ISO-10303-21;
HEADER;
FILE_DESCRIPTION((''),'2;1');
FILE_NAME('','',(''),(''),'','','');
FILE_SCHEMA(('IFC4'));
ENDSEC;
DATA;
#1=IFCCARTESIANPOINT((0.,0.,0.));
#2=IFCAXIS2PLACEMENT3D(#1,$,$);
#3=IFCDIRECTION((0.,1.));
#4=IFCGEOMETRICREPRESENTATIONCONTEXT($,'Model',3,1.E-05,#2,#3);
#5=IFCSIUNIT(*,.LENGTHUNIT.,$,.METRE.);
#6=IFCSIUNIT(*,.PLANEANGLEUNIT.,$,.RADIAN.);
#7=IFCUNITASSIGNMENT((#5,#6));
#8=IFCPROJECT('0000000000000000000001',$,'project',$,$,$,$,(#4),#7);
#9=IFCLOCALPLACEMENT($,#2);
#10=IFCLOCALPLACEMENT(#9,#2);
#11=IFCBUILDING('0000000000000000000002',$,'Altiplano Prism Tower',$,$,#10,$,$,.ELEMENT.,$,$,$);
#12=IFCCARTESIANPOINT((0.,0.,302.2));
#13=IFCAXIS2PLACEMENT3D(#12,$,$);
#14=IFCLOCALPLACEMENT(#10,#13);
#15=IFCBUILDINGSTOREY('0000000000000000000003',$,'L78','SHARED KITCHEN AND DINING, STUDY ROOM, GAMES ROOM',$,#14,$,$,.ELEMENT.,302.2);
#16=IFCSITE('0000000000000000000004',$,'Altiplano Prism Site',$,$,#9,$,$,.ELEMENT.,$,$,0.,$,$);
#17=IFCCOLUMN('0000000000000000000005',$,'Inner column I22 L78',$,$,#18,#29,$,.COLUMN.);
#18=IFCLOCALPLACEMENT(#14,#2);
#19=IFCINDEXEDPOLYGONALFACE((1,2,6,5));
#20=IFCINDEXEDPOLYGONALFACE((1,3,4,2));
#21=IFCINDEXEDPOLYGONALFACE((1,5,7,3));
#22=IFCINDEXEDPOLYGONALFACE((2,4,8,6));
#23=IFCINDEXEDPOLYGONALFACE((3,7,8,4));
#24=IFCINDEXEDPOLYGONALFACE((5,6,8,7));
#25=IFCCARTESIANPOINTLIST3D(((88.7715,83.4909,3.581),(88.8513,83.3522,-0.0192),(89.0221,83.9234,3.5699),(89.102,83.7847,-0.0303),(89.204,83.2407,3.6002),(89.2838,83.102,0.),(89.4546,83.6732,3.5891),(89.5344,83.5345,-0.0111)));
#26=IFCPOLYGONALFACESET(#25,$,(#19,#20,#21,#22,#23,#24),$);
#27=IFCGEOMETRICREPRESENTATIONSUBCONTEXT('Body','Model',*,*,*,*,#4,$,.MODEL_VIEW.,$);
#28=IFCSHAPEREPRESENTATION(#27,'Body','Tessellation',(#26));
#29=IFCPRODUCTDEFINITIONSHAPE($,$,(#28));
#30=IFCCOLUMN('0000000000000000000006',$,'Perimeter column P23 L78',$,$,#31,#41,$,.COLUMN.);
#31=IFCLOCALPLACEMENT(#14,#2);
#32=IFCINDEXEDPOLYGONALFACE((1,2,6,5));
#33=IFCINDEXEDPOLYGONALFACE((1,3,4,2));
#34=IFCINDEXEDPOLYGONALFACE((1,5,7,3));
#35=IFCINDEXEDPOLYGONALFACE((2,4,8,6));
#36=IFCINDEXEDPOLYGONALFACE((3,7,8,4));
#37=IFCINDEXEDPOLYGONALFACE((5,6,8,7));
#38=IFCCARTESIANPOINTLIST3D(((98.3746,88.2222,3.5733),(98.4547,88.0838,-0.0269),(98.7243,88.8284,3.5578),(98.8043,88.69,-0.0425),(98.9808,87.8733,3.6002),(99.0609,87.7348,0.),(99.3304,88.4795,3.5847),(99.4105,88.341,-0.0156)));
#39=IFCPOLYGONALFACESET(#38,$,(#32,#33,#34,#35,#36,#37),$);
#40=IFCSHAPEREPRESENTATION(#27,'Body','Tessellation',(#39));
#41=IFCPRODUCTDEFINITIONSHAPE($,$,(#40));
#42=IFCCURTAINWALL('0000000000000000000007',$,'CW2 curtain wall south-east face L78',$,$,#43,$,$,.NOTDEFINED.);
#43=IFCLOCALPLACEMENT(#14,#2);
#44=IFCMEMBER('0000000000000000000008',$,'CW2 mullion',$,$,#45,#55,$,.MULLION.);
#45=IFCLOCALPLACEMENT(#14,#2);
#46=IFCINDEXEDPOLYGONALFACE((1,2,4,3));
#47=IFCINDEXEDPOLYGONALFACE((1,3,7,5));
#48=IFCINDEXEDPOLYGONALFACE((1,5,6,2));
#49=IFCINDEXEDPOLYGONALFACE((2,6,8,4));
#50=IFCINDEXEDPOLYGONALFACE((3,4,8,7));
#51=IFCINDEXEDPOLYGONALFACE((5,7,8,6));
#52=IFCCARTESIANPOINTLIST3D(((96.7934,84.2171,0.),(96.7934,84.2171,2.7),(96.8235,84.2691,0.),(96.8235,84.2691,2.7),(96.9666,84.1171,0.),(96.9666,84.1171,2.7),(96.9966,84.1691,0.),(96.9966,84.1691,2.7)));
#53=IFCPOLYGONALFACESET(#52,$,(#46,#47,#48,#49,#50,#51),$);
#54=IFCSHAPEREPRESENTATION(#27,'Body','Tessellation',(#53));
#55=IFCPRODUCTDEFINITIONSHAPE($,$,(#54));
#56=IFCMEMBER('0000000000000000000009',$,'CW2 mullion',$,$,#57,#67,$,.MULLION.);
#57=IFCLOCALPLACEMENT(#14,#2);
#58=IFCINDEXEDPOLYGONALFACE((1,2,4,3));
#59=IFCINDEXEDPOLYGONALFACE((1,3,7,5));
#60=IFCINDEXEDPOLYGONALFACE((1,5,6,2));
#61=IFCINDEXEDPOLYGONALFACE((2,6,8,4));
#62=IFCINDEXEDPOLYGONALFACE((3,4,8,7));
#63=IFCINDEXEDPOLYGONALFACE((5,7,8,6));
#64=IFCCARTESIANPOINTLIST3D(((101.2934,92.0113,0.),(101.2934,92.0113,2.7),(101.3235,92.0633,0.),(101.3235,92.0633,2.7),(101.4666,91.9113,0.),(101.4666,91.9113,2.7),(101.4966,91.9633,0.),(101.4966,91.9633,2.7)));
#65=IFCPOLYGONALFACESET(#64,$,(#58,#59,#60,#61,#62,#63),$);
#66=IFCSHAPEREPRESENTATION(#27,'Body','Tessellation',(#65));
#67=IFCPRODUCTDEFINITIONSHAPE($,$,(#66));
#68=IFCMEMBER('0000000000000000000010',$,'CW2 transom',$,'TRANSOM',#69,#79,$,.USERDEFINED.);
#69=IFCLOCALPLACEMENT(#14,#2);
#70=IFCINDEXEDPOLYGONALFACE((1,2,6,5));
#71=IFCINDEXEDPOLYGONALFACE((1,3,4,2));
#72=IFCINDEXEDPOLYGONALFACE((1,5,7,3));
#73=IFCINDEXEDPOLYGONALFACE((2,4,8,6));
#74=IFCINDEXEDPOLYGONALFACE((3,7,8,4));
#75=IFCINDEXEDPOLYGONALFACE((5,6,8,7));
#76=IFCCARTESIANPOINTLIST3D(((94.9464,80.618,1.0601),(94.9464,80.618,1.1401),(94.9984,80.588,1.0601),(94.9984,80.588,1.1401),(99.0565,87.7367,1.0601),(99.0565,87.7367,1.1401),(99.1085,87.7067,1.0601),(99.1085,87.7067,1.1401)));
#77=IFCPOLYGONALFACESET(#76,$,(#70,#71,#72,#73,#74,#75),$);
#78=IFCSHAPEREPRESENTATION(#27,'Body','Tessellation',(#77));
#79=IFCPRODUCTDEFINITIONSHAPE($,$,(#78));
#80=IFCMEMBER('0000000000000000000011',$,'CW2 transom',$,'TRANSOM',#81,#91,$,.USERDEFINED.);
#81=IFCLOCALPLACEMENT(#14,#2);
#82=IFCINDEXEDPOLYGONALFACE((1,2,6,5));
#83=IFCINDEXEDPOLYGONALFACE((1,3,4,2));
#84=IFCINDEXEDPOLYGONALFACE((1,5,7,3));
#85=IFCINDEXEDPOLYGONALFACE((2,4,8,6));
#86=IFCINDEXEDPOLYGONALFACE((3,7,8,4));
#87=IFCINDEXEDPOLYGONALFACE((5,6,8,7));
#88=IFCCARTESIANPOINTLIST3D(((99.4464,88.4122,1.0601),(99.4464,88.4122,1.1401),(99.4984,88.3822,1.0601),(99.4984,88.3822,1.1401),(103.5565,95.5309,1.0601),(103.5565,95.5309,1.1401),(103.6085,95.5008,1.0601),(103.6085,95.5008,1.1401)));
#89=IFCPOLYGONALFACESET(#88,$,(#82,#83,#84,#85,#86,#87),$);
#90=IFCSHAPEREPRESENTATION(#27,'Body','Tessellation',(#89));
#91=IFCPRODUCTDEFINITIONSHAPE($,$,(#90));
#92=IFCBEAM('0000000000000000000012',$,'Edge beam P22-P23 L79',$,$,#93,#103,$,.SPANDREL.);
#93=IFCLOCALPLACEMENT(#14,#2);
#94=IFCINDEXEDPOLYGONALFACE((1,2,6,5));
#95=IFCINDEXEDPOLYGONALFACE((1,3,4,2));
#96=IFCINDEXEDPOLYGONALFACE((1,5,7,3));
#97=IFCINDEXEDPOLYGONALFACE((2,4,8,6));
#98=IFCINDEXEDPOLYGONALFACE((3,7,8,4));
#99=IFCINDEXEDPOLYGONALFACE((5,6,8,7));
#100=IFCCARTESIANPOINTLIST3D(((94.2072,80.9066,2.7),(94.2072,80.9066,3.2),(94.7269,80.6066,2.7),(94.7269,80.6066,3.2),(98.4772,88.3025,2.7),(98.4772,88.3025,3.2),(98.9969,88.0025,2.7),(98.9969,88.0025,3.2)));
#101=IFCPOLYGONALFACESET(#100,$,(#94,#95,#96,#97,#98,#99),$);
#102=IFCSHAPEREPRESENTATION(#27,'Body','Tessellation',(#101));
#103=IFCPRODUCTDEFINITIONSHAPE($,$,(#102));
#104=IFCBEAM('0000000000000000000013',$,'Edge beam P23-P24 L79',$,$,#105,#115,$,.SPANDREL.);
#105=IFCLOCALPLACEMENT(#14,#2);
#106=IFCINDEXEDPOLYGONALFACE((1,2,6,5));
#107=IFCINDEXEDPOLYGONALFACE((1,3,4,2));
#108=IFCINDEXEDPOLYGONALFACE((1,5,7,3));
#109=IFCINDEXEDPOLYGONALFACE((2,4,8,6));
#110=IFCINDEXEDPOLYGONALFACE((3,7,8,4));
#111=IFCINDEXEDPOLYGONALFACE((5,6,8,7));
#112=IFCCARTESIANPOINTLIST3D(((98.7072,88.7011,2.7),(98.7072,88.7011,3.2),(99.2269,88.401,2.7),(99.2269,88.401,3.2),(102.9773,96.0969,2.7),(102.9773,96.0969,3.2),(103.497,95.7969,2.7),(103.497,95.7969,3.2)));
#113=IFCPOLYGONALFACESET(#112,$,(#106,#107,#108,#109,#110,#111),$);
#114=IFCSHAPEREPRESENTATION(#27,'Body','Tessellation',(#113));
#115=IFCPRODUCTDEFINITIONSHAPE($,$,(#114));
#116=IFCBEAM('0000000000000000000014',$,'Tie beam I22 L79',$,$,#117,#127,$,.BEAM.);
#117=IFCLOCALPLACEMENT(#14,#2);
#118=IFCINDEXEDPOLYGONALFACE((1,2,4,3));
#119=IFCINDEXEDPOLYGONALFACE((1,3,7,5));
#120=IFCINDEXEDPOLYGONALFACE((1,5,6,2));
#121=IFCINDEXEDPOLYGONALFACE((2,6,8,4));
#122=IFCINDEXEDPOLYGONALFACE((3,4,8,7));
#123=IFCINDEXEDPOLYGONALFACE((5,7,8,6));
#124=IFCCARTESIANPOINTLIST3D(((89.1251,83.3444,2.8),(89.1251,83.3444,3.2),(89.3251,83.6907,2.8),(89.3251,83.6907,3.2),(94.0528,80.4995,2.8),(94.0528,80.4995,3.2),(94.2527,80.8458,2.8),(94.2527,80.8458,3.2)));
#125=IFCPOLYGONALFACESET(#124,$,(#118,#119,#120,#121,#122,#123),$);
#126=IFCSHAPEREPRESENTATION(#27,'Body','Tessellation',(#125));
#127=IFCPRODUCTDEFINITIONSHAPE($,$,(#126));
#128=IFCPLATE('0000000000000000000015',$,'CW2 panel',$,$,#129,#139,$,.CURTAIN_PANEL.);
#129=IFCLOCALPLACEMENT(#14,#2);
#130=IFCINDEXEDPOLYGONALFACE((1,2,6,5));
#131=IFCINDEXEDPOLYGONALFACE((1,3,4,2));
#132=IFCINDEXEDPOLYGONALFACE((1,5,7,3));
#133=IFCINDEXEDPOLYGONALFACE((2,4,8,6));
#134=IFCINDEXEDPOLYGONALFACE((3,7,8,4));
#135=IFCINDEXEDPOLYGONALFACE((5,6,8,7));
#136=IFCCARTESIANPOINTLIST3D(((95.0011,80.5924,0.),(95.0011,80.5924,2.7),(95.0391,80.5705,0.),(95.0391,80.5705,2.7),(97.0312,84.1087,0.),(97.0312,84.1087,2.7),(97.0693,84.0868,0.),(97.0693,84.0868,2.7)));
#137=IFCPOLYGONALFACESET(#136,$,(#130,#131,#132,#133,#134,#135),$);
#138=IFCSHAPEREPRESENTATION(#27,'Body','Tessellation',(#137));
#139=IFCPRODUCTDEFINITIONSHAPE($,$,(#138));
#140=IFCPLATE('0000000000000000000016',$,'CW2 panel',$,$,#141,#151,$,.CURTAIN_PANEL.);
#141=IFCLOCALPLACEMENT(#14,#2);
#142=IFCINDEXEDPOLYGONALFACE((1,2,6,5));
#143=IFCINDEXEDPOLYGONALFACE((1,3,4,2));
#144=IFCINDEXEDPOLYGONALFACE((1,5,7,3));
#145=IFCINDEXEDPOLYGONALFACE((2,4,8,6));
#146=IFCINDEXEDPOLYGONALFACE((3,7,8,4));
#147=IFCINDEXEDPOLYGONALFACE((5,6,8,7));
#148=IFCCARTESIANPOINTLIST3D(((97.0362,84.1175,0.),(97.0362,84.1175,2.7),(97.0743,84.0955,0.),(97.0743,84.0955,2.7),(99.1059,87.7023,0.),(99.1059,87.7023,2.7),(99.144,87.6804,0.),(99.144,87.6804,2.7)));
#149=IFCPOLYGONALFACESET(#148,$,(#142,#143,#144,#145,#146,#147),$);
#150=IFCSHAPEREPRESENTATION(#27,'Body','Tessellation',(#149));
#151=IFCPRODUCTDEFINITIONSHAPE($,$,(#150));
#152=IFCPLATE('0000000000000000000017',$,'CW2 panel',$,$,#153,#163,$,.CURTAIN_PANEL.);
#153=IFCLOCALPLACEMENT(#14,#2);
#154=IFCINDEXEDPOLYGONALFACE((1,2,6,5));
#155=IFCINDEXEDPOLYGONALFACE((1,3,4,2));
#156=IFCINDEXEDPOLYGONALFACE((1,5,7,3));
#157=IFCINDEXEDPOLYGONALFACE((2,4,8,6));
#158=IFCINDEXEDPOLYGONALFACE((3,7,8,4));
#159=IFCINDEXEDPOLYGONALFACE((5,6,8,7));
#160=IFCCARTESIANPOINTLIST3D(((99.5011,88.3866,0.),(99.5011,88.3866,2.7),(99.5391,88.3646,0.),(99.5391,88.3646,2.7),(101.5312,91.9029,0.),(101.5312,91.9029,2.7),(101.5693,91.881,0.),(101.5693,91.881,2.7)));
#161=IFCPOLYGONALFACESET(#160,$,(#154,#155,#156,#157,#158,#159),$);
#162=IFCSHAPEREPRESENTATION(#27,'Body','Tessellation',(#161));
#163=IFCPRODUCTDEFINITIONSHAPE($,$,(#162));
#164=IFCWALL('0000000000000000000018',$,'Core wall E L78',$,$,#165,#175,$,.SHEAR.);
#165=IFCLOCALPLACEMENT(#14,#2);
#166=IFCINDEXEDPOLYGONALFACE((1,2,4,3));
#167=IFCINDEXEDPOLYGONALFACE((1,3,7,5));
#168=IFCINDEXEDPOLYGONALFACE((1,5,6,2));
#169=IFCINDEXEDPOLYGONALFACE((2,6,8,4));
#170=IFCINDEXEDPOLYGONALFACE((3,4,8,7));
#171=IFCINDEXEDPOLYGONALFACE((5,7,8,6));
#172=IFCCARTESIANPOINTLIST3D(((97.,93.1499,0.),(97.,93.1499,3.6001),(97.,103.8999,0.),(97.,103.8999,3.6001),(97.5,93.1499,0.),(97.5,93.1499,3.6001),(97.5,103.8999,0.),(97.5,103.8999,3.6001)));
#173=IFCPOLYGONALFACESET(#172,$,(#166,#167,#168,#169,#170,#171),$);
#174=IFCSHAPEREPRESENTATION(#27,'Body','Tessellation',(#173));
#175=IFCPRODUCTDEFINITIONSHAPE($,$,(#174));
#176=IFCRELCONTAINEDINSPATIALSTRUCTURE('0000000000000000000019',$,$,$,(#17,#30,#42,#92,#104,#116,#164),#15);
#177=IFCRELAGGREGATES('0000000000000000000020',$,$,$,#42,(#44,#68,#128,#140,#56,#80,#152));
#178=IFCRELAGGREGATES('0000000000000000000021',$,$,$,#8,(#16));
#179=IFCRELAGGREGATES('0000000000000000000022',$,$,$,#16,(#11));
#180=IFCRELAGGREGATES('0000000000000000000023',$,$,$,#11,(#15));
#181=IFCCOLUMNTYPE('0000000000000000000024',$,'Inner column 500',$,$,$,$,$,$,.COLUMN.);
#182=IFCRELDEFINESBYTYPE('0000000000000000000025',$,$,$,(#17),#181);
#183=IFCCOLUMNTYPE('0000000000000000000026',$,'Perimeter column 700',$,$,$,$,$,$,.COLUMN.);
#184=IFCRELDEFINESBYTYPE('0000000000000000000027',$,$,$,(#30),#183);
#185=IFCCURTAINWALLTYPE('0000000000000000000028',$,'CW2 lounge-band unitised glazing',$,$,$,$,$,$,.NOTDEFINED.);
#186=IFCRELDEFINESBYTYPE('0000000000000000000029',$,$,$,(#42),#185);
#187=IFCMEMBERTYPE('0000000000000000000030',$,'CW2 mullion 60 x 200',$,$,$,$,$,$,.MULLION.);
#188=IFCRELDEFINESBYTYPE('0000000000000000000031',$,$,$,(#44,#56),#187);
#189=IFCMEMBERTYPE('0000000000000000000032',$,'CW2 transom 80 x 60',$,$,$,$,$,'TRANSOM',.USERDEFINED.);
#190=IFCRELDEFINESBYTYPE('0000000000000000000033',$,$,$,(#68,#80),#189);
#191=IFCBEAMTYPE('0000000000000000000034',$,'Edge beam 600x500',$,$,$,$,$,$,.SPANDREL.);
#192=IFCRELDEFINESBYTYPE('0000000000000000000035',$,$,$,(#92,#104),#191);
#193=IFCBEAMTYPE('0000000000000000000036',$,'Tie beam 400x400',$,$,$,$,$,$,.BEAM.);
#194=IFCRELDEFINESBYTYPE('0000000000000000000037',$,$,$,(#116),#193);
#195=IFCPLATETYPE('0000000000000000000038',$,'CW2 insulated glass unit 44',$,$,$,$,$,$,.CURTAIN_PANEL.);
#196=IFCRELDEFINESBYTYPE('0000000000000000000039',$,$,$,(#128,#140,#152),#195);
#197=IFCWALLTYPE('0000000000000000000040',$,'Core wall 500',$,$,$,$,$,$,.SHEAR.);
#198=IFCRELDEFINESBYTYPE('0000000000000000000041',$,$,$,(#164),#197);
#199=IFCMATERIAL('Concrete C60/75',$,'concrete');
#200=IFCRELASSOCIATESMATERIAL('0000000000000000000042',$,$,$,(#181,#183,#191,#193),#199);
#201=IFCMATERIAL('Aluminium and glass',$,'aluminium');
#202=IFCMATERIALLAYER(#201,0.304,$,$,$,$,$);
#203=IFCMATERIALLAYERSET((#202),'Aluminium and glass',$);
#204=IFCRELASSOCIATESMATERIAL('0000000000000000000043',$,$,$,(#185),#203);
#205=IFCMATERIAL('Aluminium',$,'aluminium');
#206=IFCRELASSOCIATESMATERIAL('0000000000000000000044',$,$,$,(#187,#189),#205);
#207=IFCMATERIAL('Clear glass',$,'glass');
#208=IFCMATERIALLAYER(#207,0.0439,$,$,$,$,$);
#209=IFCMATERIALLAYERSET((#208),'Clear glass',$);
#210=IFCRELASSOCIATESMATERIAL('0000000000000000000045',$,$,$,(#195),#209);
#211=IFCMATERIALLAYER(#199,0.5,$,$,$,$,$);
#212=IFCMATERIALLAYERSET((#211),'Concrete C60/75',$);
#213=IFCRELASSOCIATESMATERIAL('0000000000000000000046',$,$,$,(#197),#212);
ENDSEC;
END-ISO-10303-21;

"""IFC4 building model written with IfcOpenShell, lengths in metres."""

from ifc_helpers import new_model, si_unit, direction, frame, frame_2d, origin, origin_2d, place, context, subcontext, project, spatial, rectangle, extrude, material, layer, layer_set, material_profile, profile_set, type_object, element, aggregate, save


model = new_model("IFC4")

# Units and contexts
model_context = context("Model", 3, precision=1e-05, world=origin(), true_north=direction((0.0, 1.0)))
body_context = subcontext(model_context, "Body", "Model", "MODEL_VIEW")
ifc_project = project(units=[si_unit("LENGTHUNIT", "METRE"), si_unit("PLANEANGLEUNIT", "RADIAN")], contexts=[model_context])

# Site, building, storey
site_placement = place(None, origin())
site = spatial("IfcSite", under=ifc_project, at=site_placement, Name="Altiplano Prism Site", CompositionType="ELEMENT", RefElevation=0.0)
building_placement = place(site_placement, origin())
building = spatial("IfcBuilding", under=site, at=building_placement, Name="Altiplano Prism Tower", CompositionType="ELEMENT")
storey_placement = place(building_placement, frame((0.0, 0.0, 302.2)))
storey = spatial("IfcBuildingStorey", under=building, at=storey_placement, Name="L78", Description="SHARED KITCHEN AND DINING, STUDY ROOM, GAMES ROOM", CompositionType="ELEMENT", Elevation=302.2)

# Columns
ifc_material_1 = material(Name="Concrete C60/75", Category="concrete")
ifc_material_profile_1 = material_profile(ifc_material_1, rectangle(XDim=0.5, YDim=0.5, at=origin_2d()), Name="Inner column 500")
ifc_profile_set_1 = profile_set([ifc_material_profile_1], Name="Concrete C60/75")
column_type_1 = type_object("IfcColumnType", Name="Inner column 500", PredefinedType="COLUMN", material=ifc_profile_set_1)
column_1_placement = place(storey_placement, frame((89.1929, 83.4434, -0.0151), z_axis=(-0.022154, 0.038481, 0.999014), x_axis=(-0.501318, -0.864979, 0.022201)))
element("IfcColumn", 1, at=column_1_placement, inside=storey, type_object=column_type_1, Name="Inner column I22 L78", PredefinedType="COLUMN", context=body_context, shape_type="SweptSolid", body=[
    extrude(rectangle(XDim=0.5, YDim=0.5, at=origin_2d()), origin(), (0.0, 0.0, 1.0), 3.6038),
])
ifc_material_profile_2 = material_profile(ifc_material_1, rectangle(XDim=0.7, YDim=0.7, at=origin_2d()), Name="Perimeter column 700")
ifc_profile_set_2 = profile_set([ifc_material_profile_2], Name="Concrete C60/75")
column_type_2 = type_object("IfcColumnType", Name="Perimeter column 700", PredefinedType="COLUMN", material=ifc_profile_set_2)
column_2_placement = place(storey_placement, frame((98.9326, 88.2124, -0.0212), z_axis=(-0.022221, 0.038413, 0.999015), x_axis=(-0.499508, -0.866025, 0.022189)))
element("IfcColumn", 2, at=column_2_placement, inside=storey, type_object=column_type_2, Name="Perimeter column P23 L78", PredefinedType="COLUMN", context=body_context, shape_type="SweptSolid", body=[
    extrude(rectangle(XDim=0.7, YDim=0.7, at=origin_2d()), origin(), (0.0, 0.0, 1.0), 3.6038),
])

# Curtain wall, members
ifc_material_2 = material(Name="Aluminium and glass", Category="aluminium")
ifc_layer_1 = layer(ifc_material_2, 0.304)
ifc_layer_set_1 = layer_set([ifc_layer_1], Name="Aluminium and glass")
curtain_wall_type = type_object("IfcCurtainWallType", Name="CW2 lounge-band unitised glazing", PredefinedType="NOTDEFINED", material=ifc_layer_set_1)
curtain_wall_placement = place(storey_placement, origin())
curtain_wall = element("IfcCurtainWall", 3, at=curtain_wall_placement, inside=storey, type_object=curtain_wall_type, Name="CW2 curtain wall south-east face L78", PredefinedType="NOTDEFINED")
ifc_material_3 = material(Name="Aluminium", Category="aluminium")
ifc_material_profile_3 = material_profile(ifc_material_3, rectangle(XDim=0.2, YDim=0.0601, at=origin_2d()), Name="CW2 mullion 60 x 200")
ifc_profile_set_3 = profile_set([ifc_material_profile_3], Name="Aluminium")
member_type_1 = type_object("IfcMemberType", Name="CW2 mullion 60 x 200", PredefinedType="MULLION", material=ifc_profile_set_3)
member_1_placement = place(storey_placement, frame((96.895, 84.1931, 0.0), z_axis=(0.0, 0.0, 1.0), x_axis=(-0.866025, 0.5, 0.0)))
member_1 = element("IfcMember", 4, at=member_1_placement, type_object=member_type_1, Name="CW2 mullion", PredefinedType="MULLION", context=body_context, shape_type="SweptSolid", body=[
    extrude(rectangle(XDim=0.2, YDim=0.0601, at=origin_2d()), origin(), (0.0, 0.0, 1.0), 2.7),
])
member_2_placement = place(storey_placement, frame((101.395, 91.9873, 0.0), z_axis=(0.0, 0.0, 1.0), x_axis=(-0.866025, 0.5, 0.0)))
member_2 = element("IfcMember", 5, at=member_2_placement, type_object=member_type_1, Name="CW2 mullion", PredefinedType="MULLION", context=body_context, shape_type="SweptSolid", body=[
    extrude(rectangle(XDim=0.2, YDim=0.0601, at=origin_2d()), origin(), (0.0, 0.0, 1.0), 2.7),
])
ifc_material_profile_4 = material_profile(ifc_material_3, rectangle(XDim=0.0601, YDim=0.0801, at=origin_2d()), Name="CW2 transom 80 x 60")
ifc_profile_set_4 = profile_set([ifc_material_profile_4], Name="Aluminium")
member_type_2 = type_object("IfcMemberType", Name="CW2 transom 80 x 60", ElementType="TRANSOM", PredefinedType="USERDEFINED", material=ifc_profile_set_4)
member_3_placement = place(storey_placement, frame((94.9724, 80.603, 1.1001), z_axis=(0.500014, 0.866017, 0.0), x_axis=(-0.866017, 0.500014, 0.0)))
member_3 = element("IfcMember", 6, at=member_3_placement, type_object=member_type_2, Name="CW2 transom", ObjectType="TRANSOM", PredefinedType="USERDEFINED", context=body_context, shape_type="SweptSolid", body=[
    extrude(rectangle(XDim=0.0601, YDim=0.0801, at=origin_2d()), origin(), (0.0, 0.0, 1.0), 8.22),
])
member_4_placement = place(storey_placement, frame((99.4724, 88.3972, 1.1001), z_axis=(0.500014, 0.866017, 0.0), x_axis=(-0.866017, 0.500014, 0.0)))
member_4 = element("IfcMember", 7, at=member_4_placement, type_object=member_type_2, Name="CW2 transom", ObjectType="TRANSOM", PredefinedType="USERDEFINED", context=body_context, shape_type="SweptSolid", body=[
    extrude(rectangle(XDim=0.0601, YDim=0.0801, at=origin_2d()), origin(), (0.0, 0.0, 1.0), 8.22),
])

# Beams
ifc_material_profile_5 = material_profile(ifc_material_1, rectangle(XDim=0.6001, YDim=0.5, at=origin_2d()), Name="Edge beam 600x500")
ifc_profile_set_5 = profile_set([ifc_material_profile_5], Name="Concrete C60/75")
beam_type_1 = type_object("IfcBeamType", Name="Edge beam 600x500", PredefinedType="SPANDREL", material=ifc_profile_set_5)
for number, where, z_axis, x_axis, name in (
    (8, (94.467, 80.7566, 2.95), (0.499995, 0.866028, 0.0), (-0.866028, 0.499995, 0.0), "Edge beam P22-P23 L79"),
    (9, (98.967, 88.551, 2.95), (0.500007, 0.866021, 0.0), (-0.866021, 0.500007, 0.0), "Edge beam P23-P24 L79"),
):
    element("IfcBeam", number, at=place(storey_placement, frame(where, z_axis=z_axis, x_axis=x_axis)), inside=storey, type_object=beam_type_1, Name=name, PredefinedType="SPANDREL", context=body_context, shape_type="SweptSolid", body=[
        extrude(rectangle(XDim=0.6001, YDim=0.5, at=origin_2d()), origin(), (0.0, 0.0, 1.0), 8.54),
    ])
ifc_material_profile_6 = material_profile(ifc_material_1, rectangle(XDim=0.3999, YDim=0.3999, at=origin_2d()), Name="Tie beam 400x400")
ifc_profile_set_6 = profile_set([ifc_material_profile_6], Name="Concrete C60/75")
beam_type_2 = type_object("IfcBeamType", Name="Tie beam 400x400", PredefinedType="BEAM", material=ifc_profile_set_6)
beam_placement = place(storey_placement, frame((89.2251, 83.5176, 3.0), z_axis=(0.86603, -0.499992, 0.0), x_axis=(0.499992, 0.86603, 0.0)))
element("IfcBeam", 10, at=beam_placement, inside=storey, type_object=beam_type_2, Name="Tie beam I22 L79", PredefinedType="BEAM", context=body_context, shape_type="SweptSolid", body=[
    extrude(rectangle(XDim=0.3999, YDim=0.3999, at=origin_2d()), origin(), (0.0, 0.0, 1.0), 5.6899),
])

# Plates
ifc_material_4 = material(Name="Clear glass", Category="glass")
ifc_layer_2 = layer(ifc_material_4, 0.0439)
ifc_layer_set_2 = layer_set([ifc_layer_2], Name="Clear glass")
plate_type = type_object("IfcPlateType", Name="CW2 insulated glass unit 44", PredefinedType="CURTAIN_PANEL", material=ifc_layer_set_2)
plate_1_placement = place(storey_placement, frame((96.0352, 82.3396, 0.0), z_axis=(0.0, 0.0, 1.0), x_axis=(0.5, 0.866025, 0.0)))
plate_1 = element("IfcPlate", 11, at=plate_1_placement, type_object=plate_type, Name="CW2 panel", PredefinedType="CURTAIN_PANEL", context=body_context, shape_type="SweptSolid", body=[
    extrude(rectangle(XDim=4.0603, YDim=0.0439, at=origin_2d()), origin(), (0.0, 0.0, 1.0), 2.7),
])
plate_2_placement = place(storey_placement, frame((98.0901, 85.8989, 0.0), z_axis=(0.0, 0.0, 1.0), x_axis=(0.5, 0.866025, 0.0)))
plate_2 = element("IfcPlate", 12, at=plate_2_placement, type_object=plate_type, Name="CW2 panel", PredefinedType="CURTAIN_PANEL", context=body_context, shape_type="SweptSolid", body=[
    extrude(rectangle(XDim=4.1394, YDim=0.0439, at=origin_2d()), origin(), (0.0, 0.0, 1.0), 2.7),
])
plate_3_placement = place(storey_placement, frame((100.5352, 90.1338, 0.0), z_axis=(0.0, 0.0, 1.0), x_axis=(0.5, 0.866025, 0.0)))
plate_3 = element("IfcPlate", 13, at=plate_3_placement, type_object=plate_type, Name="CW2 panel", PredefinedType="CURTAIN_PANEL", context=body_context, shape_type="SweptSolid", body=[
    extrude(rectangle(XDim=4.0603, YDim=0.0439, at=origin_2d()), origin(), (0.0, 0.0, 1.0), 2.7),
])
aggregate(curtain_wall, [member_1, member_3, plate_1, plate_2, member_2, member_4, plate_3])

# Wall
ifc_layer_3 = layer(ifc_material_1, 0.5)
ifc_layer_set_3 = layer_set([ifc_layer_3], Name="Concrete C60/75")
wall_type_1 = type_object("IfcWallType", Name="Core wall 500", PredefinedType="SHEAR", material=ifc_layer_set_3)
wall_1_placement = place(storey_placement, frame((97.25, 93.1499, 0.0), z_axis=(0.0, 0.0, 1.0), x_axis=(0.0, 1.0, 0.0)))
element("IfcWall", 14, at=wall_1_placement, inside=storey, type_object=wall_type_1, Name="Core wall E L78", PredefinedType="SHEAR", context=body_context, shape_type="SweptSolid", body=[
    extrude(rectangle(XDim=10.75, YDim=0.5, at=frame_2d((5.375, 0.0))), origin(), (0.0, 0.0, 1.0), 3.6001),
])

save(model, "model.ifc")
